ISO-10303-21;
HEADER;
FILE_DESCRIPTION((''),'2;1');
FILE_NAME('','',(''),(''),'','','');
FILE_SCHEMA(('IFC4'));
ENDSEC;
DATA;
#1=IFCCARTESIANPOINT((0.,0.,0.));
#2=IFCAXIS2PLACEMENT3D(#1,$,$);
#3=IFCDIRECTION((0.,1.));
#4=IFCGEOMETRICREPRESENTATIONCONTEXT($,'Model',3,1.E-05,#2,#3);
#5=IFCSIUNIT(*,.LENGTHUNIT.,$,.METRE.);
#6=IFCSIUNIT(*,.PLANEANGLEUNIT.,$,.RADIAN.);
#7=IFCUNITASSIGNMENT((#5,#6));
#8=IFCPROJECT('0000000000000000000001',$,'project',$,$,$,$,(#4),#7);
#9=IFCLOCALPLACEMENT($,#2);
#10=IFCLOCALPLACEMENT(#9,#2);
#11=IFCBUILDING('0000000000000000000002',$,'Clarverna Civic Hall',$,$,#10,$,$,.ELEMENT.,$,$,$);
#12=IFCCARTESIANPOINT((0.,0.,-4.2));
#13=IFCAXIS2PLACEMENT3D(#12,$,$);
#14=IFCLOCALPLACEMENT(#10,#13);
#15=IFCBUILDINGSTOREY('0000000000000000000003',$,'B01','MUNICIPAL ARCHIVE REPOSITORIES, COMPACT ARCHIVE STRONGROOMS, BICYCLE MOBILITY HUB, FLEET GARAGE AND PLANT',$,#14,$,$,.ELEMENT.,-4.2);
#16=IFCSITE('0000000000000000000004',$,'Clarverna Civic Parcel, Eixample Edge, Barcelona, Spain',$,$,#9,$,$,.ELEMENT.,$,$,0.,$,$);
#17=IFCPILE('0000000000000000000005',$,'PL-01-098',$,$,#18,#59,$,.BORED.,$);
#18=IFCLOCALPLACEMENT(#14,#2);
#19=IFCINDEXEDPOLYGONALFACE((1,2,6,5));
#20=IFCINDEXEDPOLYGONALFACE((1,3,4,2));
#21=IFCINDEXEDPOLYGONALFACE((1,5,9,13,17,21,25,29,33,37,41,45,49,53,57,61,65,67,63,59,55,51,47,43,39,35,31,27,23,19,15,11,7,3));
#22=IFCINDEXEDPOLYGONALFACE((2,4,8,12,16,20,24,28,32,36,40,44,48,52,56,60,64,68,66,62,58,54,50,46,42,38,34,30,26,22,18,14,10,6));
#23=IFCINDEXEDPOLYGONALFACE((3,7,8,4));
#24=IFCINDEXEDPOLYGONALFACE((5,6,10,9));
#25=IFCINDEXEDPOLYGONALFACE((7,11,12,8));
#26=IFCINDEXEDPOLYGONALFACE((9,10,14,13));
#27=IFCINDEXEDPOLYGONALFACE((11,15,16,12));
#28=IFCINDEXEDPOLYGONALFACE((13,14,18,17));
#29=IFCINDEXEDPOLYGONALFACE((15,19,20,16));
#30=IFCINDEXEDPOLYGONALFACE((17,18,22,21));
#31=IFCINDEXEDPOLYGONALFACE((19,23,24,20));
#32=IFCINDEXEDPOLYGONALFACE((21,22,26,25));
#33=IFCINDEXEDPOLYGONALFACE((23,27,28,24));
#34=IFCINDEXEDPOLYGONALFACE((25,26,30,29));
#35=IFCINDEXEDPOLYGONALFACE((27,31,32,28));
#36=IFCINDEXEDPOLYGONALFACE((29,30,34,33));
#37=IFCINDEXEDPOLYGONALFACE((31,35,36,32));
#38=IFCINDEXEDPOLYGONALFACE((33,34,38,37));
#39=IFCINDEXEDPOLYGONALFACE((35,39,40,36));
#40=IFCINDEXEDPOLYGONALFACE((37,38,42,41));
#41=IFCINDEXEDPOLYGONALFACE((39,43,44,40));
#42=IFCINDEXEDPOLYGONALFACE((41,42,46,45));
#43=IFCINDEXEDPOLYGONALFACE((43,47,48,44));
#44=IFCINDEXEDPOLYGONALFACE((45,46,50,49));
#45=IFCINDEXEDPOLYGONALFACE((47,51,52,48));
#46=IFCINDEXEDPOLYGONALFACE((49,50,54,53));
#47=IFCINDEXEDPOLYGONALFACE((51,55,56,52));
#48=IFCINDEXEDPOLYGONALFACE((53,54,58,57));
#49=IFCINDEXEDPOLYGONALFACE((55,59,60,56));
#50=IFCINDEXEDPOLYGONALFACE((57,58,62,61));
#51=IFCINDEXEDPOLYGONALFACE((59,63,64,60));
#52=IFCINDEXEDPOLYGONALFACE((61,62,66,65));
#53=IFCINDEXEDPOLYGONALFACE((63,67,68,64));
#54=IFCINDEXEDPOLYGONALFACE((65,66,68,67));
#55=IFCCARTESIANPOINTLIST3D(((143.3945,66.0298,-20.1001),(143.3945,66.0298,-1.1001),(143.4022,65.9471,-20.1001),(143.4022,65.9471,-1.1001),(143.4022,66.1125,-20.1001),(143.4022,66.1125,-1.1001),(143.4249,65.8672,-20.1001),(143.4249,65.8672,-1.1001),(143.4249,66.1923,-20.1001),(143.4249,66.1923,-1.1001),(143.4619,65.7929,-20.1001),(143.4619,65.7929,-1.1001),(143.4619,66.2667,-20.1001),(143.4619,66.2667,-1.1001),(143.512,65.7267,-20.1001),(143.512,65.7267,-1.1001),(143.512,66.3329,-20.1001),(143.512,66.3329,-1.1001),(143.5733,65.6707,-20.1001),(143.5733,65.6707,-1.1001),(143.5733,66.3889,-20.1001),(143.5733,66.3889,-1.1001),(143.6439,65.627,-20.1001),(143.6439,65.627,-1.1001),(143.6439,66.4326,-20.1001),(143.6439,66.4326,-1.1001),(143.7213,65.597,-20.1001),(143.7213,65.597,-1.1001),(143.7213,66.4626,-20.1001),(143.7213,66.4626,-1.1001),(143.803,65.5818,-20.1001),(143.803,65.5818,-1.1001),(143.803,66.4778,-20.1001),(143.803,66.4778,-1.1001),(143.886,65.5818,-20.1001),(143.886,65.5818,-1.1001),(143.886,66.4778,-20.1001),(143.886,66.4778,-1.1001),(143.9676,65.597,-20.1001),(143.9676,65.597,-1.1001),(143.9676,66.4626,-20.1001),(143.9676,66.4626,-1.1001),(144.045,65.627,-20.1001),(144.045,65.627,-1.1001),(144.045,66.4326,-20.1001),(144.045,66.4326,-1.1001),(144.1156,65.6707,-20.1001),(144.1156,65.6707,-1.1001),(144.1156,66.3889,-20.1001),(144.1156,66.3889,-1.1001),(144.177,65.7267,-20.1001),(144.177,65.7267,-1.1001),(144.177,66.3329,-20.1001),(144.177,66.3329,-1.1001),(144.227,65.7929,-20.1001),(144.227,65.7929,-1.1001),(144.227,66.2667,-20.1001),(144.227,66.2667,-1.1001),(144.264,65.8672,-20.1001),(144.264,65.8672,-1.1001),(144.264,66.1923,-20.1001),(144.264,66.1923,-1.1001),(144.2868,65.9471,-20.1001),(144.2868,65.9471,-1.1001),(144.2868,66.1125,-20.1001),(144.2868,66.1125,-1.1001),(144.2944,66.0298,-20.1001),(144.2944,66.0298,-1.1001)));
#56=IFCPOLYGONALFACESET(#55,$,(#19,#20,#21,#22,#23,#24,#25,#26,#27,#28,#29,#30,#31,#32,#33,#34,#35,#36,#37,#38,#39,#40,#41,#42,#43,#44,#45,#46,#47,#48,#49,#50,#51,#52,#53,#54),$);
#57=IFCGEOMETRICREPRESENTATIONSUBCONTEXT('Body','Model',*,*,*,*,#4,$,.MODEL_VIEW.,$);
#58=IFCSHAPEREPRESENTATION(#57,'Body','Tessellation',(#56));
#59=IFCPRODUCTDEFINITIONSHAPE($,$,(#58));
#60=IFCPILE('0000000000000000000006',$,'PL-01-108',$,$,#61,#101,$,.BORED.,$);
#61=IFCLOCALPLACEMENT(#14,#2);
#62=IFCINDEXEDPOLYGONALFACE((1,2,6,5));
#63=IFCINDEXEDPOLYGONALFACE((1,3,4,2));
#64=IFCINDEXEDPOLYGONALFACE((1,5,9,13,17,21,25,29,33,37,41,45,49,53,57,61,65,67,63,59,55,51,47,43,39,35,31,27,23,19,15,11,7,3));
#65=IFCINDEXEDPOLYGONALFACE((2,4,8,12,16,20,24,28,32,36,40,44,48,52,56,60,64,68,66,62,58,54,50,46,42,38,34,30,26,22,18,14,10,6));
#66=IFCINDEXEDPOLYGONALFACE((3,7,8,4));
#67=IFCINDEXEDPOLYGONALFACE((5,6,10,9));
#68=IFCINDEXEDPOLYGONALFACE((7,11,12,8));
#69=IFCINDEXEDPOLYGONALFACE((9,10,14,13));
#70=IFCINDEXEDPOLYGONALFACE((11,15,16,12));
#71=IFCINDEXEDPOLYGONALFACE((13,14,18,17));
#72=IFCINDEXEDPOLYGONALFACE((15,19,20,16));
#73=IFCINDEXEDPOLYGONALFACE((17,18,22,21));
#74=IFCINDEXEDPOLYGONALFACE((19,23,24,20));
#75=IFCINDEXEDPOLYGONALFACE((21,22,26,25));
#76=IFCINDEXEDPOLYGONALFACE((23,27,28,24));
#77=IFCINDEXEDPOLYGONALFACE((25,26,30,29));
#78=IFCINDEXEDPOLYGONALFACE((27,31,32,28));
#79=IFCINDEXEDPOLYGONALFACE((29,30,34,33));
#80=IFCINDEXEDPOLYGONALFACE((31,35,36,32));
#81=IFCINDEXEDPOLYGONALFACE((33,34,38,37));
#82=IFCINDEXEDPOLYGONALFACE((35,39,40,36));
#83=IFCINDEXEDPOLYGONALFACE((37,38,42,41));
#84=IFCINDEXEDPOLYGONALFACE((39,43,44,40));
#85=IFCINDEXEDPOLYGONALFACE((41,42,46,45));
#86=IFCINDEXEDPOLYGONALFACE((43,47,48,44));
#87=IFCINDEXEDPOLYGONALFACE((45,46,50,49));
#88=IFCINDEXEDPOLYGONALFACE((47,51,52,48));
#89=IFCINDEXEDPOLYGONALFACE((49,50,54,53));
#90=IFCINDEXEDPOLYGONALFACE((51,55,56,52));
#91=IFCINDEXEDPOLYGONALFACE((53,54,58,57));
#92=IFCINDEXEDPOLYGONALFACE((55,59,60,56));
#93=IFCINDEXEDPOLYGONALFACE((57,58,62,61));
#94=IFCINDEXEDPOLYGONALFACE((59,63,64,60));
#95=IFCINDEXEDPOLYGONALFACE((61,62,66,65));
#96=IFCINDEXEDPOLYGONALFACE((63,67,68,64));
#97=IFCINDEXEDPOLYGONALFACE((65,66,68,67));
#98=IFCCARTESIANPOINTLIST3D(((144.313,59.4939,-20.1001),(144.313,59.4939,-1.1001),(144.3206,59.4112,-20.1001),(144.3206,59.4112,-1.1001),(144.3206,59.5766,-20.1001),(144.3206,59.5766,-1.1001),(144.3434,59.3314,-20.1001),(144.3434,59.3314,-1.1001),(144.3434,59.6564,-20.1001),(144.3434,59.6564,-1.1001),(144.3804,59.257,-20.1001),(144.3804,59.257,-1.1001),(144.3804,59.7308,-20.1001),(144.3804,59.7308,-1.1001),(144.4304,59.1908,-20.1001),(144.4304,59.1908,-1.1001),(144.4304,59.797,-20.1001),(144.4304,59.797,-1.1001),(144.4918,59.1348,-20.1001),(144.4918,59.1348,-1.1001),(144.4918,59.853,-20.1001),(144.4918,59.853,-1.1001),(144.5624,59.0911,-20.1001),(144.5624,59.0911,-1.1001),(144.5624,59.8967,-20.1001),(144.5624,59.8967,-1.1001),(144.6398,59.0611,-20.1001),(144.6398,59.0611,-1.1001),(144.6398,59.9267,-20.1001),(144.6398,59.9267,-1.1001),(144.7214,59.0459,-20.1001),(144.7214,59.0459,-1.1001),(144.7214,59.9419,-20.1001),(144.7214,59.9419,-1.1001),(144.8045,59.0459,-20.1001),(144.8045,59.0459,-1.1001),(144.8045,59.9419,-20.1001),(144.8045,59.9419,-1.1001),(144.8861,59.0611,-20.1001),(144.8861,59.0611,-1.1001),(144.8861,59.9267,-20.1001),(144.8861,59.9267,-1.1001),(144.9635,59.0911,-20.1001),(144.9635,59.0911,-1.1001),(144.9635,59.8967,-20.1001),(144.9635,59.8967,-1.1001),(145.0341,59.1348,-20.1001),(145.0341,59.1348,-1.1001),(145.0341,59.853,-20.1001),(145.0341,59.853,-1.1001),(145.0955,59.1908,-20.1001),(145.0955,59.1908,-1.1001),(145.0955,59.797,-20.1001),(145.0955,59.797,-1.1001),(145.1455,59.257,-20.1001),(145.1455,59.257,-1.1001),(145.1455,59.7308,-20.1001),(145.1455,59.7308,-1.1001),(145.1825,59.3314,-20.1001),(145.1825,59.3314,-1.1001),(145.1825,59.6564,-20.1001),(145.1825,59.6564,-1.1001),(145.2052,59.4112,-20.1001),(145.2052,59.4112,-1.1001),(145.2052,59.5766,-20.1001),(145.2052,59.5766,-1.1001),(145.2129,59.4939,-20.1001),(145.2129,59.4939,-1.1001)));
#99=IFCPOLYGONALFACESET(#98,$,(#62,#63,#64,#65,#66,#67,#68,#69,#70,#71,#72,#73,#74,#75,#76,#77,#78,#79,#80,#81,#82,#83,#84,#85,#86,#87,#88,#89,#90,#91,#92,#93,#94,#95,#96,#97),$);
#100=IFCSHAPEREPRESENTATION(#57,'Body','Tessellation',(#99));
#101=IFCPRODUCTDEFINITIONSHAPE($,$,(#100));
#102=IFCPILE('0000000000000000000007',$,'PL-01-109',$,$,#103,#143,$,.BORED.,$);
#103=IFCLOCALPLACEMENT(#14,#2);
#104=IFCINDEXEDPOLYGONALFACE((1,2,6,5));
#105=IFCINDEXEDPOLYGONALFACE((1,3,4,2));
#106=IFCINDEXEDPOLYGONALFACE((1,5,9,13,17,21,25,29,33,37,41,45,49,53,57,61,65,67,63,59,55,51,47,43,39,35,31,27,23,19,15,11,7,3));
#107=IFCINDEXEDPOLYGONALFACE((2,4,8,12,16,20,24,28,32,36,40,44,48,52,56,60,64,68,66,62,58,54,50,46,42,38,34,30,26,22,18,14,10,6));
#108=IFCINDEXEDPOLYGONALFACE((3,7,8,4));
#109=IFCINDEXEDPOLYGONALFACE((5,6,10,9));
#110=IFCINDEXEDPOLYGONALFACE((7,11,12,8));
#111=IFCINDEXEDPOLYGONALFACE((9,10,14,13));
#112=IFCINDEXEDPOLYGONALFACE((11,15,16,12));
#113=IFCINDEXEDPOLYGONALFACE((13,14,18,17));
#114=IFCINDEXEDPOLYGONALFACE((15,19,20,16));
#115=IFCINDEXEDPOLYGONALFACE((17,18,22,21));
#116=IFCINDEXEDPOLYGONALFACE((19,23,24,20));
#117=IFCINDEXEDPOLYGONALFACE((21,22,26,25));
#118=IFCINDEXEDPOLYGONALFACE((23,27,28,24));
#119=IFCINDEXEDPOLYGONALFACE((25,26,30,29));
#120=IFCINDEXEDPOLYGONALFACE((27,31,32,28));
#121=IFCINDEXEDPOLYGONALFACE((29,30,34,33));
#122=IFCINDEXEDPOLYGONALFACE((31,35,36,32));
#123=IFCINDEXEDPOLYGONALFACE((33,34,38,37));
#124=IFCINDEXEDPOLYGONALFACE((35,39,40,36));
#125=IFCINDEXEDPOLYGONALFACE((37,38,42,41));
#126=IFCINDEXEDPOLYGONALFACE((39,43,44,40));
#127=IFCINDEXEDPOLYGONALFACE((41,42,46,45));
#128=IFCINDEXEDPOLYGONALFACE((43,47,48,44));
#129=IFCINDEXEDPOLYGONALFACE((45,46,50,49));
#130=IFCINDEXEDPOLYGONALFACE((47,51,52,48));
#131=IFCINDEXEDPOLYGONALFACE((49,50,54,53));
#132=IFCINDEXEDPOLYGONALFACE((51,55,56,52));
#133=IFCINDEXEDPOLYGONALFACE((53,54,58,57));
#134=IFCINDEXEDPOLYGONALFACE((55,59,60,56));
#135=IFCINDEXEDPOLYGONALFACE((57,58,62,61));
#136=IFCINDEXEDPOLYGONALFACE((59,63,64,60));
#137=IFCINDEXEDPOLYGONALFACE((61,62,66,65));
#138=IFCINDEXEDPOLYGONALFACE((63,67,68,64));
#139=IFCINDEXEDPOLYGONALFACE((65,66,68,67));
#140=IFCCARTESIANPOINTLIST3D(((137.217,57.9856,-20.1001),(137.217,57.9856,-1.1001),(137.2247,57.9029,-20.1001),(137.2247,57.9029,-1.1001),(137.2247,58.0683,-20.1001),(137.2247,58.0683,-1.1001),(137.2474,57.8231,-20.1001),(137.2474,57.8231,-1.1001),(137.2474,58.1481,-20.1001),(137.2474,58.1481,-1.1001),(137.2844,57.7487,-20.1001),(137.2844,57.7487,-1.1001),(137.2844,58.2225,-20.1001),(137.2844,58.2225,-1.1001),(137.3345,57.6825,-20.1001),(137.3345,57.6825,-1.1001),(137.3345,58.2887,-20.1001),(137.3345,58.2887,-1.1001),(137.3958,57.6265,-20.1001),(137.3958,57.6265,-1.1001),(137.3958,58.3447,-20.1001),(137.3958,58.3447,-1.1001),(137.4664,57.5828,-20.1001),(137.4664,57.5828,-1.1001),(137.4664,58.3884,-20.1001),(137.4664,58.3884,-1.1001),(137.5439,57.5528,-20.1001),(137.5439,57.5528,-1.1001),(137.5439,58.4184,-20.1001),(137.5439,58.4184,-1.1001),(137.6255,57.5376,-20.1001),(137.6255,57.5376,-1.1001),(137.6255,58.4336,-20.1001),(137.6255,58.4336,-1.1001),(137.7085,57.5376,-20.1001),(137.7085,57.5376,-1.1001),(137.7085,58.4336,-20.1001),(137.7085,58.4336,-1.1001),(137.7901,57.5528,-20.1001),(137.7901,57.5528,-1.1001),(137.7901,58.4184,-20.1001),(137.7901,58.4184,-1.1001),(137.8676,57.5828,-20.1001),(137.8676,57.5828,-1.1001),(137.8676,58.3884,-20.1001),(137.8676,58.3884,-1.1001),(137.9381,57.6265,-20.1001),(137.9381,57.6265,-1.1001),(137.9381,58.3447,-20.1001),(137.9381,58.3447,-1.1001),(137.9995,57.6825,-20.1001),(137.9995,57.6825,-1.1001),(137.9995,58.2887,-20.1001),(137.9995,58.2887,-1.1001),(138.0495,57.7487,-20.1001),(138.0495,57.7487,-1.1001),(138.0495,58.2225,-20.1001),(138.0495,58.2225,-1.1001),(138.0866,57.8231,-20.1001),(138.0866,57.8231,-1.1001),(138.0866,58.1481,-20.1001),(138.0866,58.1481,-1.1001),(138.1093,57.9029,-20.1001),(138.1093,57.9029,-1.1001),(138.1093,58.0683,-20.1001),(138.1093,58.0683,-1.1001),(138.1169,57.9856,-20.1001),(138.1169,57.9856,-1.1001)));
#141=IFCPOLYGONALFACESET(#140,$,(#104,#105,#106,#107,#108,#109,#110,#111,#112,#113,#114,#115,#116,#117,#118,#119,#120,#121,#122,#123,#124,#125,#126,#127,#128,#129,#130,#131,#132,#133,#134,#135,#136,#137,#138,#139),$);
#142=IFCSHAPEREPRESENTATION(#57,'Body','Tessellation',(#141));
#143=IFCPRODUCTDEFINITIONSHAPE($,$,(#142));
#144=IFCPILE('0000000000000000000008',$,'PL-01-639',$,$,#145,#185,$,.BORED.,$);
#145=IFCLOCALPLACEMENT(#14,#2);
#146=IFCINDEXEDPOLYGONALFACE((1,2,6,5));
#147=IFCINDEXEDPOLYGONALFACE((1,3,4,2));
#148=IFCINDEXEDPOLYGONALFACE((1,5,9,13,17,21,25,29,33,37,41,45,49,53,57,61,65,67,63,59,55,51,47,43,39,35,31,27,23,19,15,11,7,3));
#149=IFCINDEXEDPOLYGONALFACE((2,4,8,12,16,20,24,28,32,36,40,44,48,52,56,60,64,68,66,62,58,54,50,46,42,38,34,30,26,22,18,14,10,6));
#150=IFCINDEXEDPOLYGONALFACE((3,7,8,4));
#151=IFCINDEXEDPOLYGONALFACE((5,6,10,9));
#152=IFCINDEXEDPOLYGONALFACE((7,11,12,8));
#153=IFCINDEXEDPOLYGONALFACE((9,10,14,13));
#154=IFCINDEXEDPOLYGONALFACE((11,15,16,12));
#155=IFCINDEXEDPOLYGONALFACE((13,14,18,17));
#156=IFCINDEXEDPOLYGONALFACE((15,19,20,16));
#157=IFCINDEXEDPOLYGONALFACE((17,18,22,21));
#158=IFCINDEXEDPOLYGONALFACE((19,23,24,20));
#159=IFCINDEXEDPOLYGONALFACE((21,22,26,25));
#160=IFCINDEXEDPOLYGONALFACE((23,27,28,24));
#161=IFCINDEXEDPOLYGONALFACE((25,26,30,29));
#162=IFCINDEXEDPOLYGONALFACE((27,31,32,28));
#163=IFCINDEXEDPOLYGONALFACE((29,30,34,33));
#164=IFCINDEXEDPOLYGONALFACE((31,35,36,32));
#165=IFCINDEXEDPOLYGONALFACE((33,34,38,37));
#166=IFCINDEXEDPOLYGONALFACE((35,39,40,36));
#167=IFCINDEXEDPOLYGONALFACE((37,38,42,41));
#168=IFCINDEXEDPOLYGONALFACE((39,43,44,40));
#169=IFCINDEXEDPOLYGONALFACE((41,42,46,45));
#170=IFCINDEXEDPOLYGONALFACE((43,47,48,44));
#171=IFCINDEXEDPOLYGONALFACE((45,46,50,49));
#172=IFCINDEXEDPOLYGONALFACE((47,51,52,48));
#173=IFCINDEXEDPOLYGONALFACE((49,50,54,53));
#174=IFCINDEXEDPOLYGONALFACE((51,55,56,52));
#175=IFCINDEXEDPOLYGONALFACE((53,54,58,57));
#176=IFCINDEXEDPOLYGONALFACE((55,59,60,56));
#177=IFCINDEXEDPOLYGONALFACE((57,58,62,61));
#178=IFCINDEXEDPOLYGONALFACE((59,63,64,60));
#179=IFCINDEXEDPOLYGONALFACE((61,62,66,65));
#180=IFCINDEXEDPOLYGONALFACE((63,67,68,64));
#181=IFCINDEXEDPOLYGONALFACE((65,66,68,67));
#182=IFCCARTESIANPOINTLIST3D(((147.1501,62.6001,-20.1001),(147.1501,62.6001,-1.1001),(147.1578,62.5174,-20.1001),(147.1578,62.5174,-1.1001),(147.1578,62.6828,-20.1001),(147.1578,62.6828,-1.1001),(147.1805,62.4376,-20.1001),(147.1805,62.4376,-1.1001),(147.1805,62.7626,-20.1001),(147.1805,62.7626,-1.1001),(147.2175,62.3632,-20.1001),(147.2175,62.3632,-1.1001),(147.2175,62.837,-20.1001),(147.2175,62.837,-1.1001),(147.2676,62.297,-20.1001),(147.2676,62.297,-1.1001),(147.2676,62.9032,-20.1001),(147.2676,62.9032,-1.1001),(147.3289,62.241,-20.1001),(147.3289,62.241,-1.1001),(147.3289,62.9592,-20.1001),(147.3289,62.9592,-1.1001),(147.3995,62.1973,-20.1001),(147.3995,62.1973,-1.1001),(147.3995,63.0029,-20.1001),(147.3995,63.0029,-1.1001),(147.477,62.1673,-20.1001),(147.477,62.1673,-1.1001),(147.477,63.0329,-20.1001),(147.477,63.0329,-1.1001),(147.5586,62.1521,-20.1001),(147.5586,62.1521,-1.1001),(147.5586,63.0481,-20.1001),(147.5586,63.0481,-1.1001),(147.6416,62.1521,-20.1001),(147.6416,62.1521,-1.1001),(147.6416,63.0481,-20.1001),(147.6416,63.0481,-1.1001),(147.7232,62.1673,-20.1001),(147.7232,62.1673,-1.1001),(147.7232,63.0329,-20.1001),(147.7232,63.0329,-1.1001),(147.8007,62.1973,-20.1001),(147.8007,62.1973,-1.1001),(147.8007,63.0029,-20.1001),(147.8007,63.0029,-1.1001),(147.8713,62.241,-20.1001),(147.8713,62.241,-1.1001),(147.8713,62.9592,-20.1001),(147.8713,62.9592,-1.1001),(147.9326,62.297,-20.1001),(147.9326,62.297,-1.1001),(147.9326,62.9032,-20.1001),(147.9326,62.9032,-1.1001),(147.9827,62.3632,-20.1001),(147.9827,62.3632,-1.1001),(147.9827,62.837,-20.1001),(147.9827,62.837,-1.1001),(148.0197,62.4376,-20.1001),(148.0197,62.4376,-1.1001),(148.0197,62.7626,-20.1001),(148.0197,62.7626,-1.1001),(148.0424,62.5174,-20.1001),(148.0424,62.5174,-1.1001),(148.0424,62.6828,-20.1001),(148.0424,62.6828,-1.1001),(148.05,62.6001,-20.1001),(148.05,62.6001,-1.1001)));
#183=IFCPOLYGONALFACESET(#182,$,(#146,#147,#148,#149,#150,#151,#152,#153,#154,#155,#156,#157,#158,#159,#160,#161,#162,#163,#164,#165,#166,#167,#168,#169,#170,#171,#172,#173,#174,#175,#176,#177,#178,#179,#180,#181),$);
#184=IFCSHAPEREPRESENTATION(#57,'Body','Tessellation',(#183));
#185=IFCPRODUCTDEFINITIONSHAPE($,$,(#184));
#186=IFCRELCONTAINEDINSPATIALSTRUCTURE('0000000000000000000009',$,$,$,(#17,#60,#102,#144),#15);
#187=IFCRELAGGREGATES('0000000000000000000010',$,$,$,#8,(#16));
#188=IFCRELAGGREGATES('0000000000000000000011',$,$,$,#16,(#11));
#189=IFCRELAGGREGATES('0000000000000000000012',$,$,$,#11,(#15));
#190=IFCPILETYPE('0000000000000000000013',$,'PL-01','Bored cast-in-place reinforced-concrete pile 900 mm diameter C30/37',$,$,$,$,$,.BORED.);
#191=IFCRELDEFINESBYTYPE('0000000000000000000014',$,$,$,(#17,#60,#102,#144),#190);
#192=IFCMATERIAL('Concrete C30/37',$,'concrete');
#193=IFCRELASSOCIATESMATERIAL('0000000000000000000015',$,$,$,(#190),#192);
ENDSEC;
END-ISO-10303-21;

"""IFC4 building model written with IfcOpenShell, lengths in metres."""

from ifc_helpers import new_model, si_unit, direction, frame, origin, origin_2d, place, context, subcontext, project, spatial, circle, extrude, material, material_profile, profile_set, type_object, element, save


model = new_model("IFC4")

# Units and contexts
model_context = context("Model", 3, precision=1e-05, world=origin(), true_north=direction((0.0, 1.0)))
body_context = subcontext(model_context, "Body", "Model", "MODEL_VIEW")
ifc_project = project(units=[si_unit("LENGTHUNIT", "METRE"), si_unit("PLANEANGLEUNIT", "RADIAN")], contexts=[model_context])

# Site, building, storey
site_placement = place(None, origin())
site = spatial("IfcSite", under=ifc_project, at=site_placement, Name="Clarverna Civic Parcel, Eixample Edge, Barcelona, Spain", CompositionType="ELEMENT", RefElevation=0.0)
building_placement = place(site_placement, origin())
building = spatial("IfcBuilding", under=site, at=building_placement, Name="Clarverna Civic Hall", CompositionType="ELEMENT")
storey_placement = place(building_placement, frame((0.0, 0.0, -4.2)))
storey = spatial("IfcBuildingStorey", under=building, at=storey_placement, Name="B01", Description="MUNICIPAL ARCHIVE REPOSITORIES, COMPACT ARCHIVE STRONGROOMS, BICYCLE MOBILITY HUB, FLEET GARAGE AND PLANT", CompositionType="ELEMENT", Elevation=-4.2)

# Shared definitions
ifc_material_1 = material(Name="Concrete C30/37", Category="concrete")

# Piles
ifc_material_profile_1 = material_profile(ifc_material_1, circle(Radius=0.45, at=origin_2d()), Name="BORED PILE D900")
ifc_profile_set_1 = profile_set([ifc_material_profile_1], Name="Concrete C30/37")
pile_type = type_object("IfcPileType", Name="PL-01", Description="Bored cast-in-place reinforced-concrete pile 900 mm diameter C30/37", PredefinedType="BORED", material=ifc_profile_set_1)
for number, where, z_axis, x_axis, name in (
    (1, (143.8445, 66.0298, -1.1001), (0.0, 0.0, -1.0), (1.0, 0.0, 0.0), "PL-01-098"),
    (2, (144.7629, 59.4939, -1.1001), (0.0, 0.0, -1.0), (1.0, 0.0, 0.0), "PL-01-108"),
    (3, (137.667, 57.9856, -1.1001), (0.0, 0.0, -1.0), (1.0, 0.0, 0.0), "PL-01-109"),
    (4, (147.6001, 62.6001, -1.1001), (0.0, 0.0, -1.0), (1.0, 0.0, 0.0), "PL-01-639"),
):
    element("IfcPile", number, at=place(storey_placement, frame(where, z_axis=z_axis, x_axis=x_axis)), inside=storey, type_object=pile_type, Name=name, PredefinedType="BORED", context=body_context, shape_type="SweptSolid", body=[
        extrude(circle(Radius=0.45, at=origin_2d()), origin(), (0.0, 0.0, 1.0), 19.0),
    ])

save(model, "model.ifc")
